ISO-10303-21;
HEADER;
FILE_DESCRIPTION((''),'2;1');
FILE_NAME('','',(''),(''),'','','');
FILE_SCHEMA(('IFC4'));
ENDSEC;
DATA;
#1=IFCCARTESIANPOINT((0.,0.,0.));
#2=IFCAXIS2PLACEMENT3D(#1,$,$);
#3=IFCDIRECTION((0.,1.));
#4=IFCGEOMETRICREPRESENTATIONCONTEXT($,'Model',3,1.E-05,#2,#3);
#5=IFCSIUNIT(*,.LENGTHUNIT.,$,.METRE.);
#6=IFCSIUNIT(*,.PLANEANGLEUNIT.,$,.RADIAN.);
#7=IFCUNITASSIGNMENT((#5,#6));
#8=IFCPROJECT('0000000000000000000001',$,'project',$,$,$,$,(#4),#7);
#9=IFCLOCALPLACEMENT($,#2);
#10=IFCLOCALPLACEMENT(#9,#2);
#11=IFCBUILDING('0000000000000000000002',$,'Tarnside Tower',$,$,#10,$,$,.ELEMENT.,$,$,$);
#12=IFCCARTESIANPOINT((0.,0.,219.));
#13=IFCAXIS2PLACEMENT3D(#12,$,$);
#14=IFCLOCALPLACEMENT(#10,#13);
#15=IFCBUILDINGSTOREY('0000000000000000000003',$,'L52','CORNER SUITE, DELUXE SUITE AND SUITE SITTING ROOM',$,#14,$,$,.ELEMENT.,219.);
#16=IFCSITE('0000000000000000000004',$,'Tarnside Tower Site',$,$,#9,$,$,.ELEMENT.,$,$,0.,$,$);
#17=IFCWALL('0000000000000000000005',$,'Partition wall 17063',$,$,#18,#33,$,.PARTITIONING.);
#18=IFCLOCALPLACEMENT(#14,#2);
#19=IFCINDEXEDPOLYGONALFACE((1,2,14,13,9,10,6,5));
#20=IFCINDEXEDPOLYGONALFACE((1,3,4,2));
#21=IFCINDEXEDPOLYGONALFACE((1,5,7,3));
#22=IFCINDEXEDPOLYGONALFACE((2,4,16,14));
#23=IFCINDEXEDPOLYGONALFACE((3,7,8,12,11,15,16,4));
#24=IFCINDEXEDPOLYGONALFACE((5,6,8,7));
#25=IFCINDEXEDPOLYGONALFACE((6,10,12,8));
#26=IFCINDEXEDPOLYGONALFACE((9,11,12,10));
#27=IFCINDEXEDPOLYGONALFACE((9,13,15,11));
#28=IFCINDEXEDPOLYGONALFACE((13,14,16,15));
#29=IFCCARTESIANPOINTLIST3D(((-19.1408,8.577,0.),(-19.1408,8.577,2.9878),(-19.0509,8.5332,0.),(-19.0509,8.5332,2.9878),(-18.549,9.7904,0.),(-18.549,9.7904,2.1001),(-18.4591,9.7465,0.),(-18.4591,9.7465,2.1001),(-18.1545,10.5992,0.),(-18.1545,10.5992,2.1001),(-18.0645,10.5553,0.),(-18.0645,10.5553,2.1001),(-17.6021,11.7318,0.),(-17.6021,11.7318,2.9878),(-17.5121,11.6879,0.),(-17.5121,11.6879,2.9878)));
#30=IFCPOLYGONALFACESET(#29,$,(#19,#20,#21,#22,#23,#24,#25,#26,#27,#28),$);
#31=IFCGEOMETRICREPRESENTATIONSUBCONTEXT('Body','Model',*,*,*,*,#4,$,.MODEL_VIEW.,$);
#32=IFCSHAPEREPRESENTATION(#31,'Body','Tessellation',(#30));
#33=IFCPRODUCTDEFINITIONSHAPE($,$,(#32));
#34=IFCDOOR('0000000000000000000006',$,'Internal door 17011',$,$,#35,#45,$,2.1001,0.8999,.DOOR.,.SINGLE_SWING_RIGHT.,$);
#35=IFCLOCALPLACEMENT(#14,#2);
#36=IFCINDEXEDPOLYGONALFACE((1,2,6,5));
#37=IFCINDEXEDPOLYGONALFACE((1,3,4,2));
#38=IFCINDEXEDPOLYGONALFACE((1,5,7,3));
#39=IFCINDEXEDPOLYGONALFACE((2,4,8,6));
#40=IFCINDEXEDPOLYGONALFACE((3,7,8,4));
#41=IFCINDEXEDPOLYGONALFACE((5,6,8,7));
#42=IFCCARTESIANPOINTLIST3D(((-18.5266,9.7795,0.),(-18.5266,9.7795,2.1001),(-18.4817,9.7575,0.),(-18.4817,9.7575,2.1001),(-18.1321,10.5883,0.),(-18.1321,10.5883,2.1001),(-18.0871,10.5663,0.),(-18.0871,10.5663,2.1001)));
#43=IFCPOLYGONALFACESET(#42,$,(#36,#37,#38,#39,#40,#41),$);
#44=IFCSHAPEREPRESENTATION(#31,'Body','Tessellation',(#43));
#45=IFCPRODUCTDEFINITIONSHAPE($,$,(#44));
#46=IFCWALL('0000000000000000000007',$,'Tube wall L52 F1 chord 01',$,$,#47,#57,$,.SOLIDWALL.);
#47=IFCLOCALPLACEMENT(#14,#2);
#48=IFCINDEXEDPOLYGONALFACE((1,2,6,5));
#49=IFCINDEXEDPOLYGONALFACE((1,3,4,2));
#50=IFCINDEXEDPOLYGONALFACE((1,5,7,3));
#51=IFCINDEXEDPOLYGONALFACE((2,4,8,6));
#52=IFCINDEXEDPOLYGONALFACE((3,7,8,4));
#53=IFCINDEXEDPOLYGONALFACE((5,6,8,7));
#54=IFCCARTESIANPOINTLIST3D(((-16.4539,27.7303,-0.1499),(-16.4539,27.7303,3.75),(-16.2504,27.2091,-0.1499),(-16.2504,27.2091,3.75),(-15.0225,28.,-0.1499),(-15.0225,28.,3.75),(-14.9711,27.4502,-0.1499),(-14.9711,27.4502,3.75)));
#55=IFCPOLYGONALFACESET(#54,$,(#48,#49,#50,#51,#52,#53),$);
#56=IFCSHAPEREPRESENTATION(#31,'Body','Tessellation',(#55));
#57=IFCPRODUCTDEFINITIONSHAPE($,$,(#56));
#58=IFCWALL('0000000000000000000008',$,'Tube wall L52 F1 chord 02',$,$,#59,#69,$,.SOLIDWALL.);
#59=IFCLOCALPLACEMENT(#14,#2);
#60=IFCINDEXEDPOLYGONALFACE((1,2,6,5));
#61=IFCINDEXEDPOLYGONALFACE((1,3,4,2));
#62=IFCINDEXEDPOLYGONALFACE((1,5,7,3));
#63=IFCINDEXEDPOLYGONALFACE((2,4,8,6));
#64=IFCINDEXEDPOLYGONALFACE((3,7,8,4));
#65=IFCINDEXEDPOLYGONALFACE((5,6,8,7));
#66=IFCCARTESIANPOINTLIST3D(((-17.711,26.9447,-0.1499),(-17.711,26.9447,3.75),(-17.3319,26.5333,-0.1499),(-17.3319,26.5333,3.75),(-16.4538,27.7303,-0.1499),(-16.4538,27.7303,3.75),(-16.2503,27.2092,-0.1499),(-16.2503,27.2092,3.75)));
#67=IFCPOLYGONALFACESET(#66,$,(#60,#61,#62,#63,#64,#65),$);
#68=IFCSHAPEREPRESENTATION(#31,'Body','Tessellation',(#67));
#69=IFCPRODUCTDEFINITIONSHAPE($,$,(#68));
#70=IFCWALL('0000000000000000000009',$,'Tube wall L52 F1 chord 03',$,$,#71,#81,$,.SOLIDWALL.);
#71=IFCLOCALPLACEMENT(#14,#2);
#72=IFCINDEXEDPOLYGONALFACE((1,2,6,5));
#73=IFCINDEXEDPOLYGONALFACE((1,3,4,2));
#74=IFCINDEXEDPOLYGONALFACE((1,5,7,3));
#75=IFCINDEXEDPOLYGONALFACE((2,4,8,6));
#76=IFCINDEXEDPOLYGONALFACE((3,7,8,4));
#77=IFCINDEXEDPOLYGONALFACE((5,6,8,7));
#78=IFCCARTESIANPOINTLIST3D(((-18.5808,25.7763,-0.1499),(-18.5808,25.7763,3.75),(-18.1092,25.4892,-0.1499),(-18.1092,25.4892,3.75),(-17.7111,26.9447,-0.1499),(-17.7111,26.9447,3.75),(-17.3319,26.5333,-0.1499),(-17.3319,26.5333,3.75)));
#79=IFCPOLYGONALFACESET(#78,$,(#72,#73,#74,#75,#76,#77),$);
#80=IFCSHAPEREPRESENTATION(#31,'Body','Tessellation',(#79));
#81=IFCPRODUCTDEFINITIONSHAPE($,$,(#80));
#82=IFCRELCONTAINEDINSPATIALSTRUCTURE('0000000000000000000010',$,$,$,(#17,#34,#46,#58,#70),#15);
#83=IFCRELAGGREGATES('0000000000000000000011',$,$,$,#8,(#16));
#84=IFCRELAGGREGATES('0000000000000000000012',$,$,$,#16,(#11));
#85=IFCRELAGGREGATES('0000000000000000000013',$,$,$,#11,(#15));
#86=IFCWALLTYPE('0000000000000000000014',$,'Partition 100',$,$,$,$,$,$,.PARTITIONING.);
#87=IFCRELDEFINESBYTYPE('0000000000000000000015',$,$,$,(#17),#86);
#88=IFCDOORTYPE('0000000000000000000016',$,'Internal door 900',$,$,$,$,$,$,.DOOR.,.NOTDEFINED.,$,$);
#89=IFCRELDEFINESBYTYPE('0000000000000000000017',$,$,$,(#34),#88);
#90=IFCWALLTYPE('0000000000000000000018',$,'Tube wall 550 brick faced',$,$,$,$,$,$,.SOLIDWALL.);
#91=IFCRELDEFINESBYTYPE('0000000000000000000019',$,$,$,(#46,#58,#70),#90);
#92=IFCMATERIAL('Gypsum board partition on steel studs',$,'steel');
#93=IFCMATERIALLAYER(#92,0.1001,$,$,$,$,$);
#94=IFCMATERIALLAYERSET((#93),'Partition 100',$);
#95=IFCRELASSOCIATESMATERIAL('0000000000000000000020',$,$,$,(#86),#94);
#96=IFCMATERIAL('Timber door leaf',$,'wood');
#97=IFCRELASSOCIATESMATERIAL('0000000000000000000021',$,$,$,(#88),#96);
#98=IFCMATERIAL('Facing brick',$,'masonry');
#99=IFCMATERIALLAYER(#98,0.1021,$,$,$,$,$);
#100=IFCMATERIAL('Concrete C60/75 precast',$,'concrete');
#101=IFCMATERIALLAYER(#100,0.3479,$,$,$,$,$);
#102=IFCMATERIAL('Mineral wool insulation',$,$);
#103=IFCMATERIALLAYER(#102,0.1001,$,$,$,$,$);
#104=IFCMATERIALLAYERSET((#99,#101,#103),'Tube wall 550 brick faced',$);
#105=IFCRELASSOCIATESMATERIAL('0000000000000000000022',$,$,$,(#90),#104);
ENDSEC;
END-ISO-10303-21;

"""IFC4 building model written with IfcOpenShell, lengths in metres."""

from ifc_helpers import new_model, si_unit, direction, frame, frame_2d, origin, place, context, subcontext, project, spatial, polyline, rectangle, outline, extrude, material, layer, layer_set, type_object, element, fill, save


model = new_model("IFC4")

# Units and contexts
model_context = context("Model", 3, precision=1e-05, world=origin(), true_north=direction((0.0, 1.0)))
body_context = subcontext(model_context, "Body", "Model", "MODEL_VIEW")
ifc_project = project(units=[si_unit("LENGTHUNIT", "METRE"), si_unit("PLANEANGLEUNIT", "RADIAN")], contexts=[model_context])

# Site, building, storey
site_placement = place(None, origin())
site = spatial("IfcSite", under=ifc_project, at=site_placement, Name="Tarnside Tower Site", CompositionType="ELEMENT", RefElevation=0.0)
building_placement = place(site_placement, origin())
building = spatial("IfcBuilding", under=site, at=building_placement, Name="Tarnside Tower", CompositionType="ELEMENT")
storey_placement = place(building_placement, frame((0.0, 0.0, 219.0)))
storey = spatial("IfcBuildingStorey", under=building, at=storey_placement, Name="L52", Description="CORNER SUITE, DELUXE SUITE AND SUITE SITTING ROOM", CompositionType="ELEMENT", Elevation=219.0)

# Shared definitions
ifc_material_1 = material(Name="Gypsum board partition on steel studs", Category="steel")
ifc_material_2 = material(Name="Timber door leaf", Category="wood")

# Wall, opening, door
ifc_layer_1 = layer(ifc_material_1, 0.1001)
ifc_layer_set_1 = layer_set([ifc_layer_1], Name="Partition 100")
wall_type_1 = type_object("IfcWallType", Name="Partition 100", PredefinedType="PARTITIONING", material=ifc_layer_set_1)
wall_1_placement = place(storey_placement, frame((-17.5571, 11.7097, 0.0), z_axis=(0.0, 0.0, 1.0), x_axis=(-0.4384, -0.89878, 0.0)))
wall_1 = element("IfcWall", 1, at=wall_1_placement, inside=storey, type_object=wall_type_1, Name="Partition wall 17063", PredefinedType="PARTITIONING", context=body_context, shape_type="SweptSolid", body=[
    extrude(rectangle(XDim=3.51, YDim=0.1001, at=frame_2d((1.7549, 0.0))), origin(), (0.0, 0.0, 1.0), 2.9878),
])
opening_1_placement = place(wall_1_placement, frame((1.26, 0.0, 0.0)))
opening_1 = element("IfcOpeningElement", 2, at=opening_1_placement, cuts=wall_1, PredefinedType="OPENING", context=body_context, shape_type="SweptSolid", body=[
    extrude(rectangle(XDim=0.8999, YDim=2.1001, at=frame_2d((0.45, 1.05))), frame((0.0, 0.0601, 0.0), z_axis=(0.0, -1.0, 0.0), x_axis=(1.0, 0.0, 0.0)), (0.0, 0.0, 1.0), 0.1201),
])
door_type_1 = type_object("IfcDoorType", Name="Internal door 900", OperationType="NOTDEFINED", PredefinedType="DOOR", material=ifc_material_2)
door_1_placement = place(opening_1_placement, origin())
door_1 = element("IfcDoor", 3, at=door_1_placement, inside=storey, type_object=door_type_1, Name="Internal door 17011", OperationType="SINGLE_SWING_RIGHT", OverallHeight=2.1001, OverallWidth=0.8999, PredefinedType="DOOR", context=body_context, shape_type="SweptSolid", body=[
    extrude(rectangle(XDim=0.8999, YDim=2.1001, at=frame_2d((0.45, 1.05))), frame((0.0, 0.0249, 0.0), z_axis=(0.0, -1.0, 0.0), x_axis=(1.0, 0.0, 0.0)), (0.0, 0.0, 1.0), 0.05),
])
fill(opening_1, door_1)

# Walls
ifc_material_3 = material(Name="Facing brick", Category="masonry")
ifc_layer_2 = layer(ifc_material_3, 0.1021)
ifc_material_4 = material(Name="Concrete C60/75 precast", Category="concrete")
ifc_layer_3 = layer(ifc_material_4, 0.3479)
ifc_material_5 = material(Name="Mineral wool insulation")
ifc_layer_4 = layer(ifc_material_5, 0.1001)
ifc_layer_set_2 = layer_set([ifc_layer_2, ifc_layer_3, ifc_layer_4], Name="Tube wall 550 brick faced")
wall_type_2 = type_object("IfcWallType", Name="Tube wall 550 brick faced", PredefinedType="SOLIDWALL", material=ifc_layer_set_2)
wall_2_placement = place(storey_placement, frame((-14.9968, 27.7251, -0.1499), z_axis=(0.0, 0.0, 1.0), x_axis=(-0.982705, -0.185176, 0.0)))
element("IfcWall", 4, at=wall_2_placement, inside=storey, type_object=wall_type_2, Name="Tube wall L52 F1 chord 01", PredefinedType="SOLIDWALL", context=body_context, shape_type="SweptSolid", body=[
    extrude(outline(polyline([(-0.0256, -0.2749), (1.4309, -0.2749), (1.3274, 0.2749), (0.0256, 0.2749), (-0.0256, -0.2749)])), origin(), (0.0, 0.0, 1.0), 3.8999),
])
wall_3_placement = place(storey_placement, frame((-16.3521, 27.4697, -0.1499), z_axis=(0.0, 0.0, 1.0), x_axis=(-0.848058, -0.529903, 0.0)))
element("IfcWall", 5, at=wall_3_placement, inside=storey, type_object=wall_type_2, Name="Tube wall L52 F1 chord 02", PredefinedType="SOLIDWALL", context=body_context, shape_type="SweptSolid", body=[
    extrude(outline(polyline([(-0.0518, -0.2749), (1.4307, -0.2749), (1.3271, 0.2749), (0.0518, 0.2749), (-0.0518, -0.2749)])), origin(), (0.0, 0.0, 1.0), 3.8999),
])
wall_4_placement = place(storey_placement, frame((-17.5215, 26.739, -0.1499), z_axis=(0.0, 0.0, 1.0), x_axis=(-0.597135, -0.802141, 0.0)))
element("IfcWall", 6, at=wall_4_placement, inside=storey, type_object=wall_type_2, Name="Tube wall L52 F1 chord 03", PredefinedType="SOLIDWALL", context=body_context, shape_type="SweptSolid", body=[
    extrude(outline(polyline([(-0.0518, -0.2749), (1.4048, -0.2749), (1.3535, 0.2749), (0.0518, 0.2749), (-0.0518, -0.2749)])), origin(), (0.0, 0.0, 1.0), 3.8999),
])

save(model, "model.ifc")
